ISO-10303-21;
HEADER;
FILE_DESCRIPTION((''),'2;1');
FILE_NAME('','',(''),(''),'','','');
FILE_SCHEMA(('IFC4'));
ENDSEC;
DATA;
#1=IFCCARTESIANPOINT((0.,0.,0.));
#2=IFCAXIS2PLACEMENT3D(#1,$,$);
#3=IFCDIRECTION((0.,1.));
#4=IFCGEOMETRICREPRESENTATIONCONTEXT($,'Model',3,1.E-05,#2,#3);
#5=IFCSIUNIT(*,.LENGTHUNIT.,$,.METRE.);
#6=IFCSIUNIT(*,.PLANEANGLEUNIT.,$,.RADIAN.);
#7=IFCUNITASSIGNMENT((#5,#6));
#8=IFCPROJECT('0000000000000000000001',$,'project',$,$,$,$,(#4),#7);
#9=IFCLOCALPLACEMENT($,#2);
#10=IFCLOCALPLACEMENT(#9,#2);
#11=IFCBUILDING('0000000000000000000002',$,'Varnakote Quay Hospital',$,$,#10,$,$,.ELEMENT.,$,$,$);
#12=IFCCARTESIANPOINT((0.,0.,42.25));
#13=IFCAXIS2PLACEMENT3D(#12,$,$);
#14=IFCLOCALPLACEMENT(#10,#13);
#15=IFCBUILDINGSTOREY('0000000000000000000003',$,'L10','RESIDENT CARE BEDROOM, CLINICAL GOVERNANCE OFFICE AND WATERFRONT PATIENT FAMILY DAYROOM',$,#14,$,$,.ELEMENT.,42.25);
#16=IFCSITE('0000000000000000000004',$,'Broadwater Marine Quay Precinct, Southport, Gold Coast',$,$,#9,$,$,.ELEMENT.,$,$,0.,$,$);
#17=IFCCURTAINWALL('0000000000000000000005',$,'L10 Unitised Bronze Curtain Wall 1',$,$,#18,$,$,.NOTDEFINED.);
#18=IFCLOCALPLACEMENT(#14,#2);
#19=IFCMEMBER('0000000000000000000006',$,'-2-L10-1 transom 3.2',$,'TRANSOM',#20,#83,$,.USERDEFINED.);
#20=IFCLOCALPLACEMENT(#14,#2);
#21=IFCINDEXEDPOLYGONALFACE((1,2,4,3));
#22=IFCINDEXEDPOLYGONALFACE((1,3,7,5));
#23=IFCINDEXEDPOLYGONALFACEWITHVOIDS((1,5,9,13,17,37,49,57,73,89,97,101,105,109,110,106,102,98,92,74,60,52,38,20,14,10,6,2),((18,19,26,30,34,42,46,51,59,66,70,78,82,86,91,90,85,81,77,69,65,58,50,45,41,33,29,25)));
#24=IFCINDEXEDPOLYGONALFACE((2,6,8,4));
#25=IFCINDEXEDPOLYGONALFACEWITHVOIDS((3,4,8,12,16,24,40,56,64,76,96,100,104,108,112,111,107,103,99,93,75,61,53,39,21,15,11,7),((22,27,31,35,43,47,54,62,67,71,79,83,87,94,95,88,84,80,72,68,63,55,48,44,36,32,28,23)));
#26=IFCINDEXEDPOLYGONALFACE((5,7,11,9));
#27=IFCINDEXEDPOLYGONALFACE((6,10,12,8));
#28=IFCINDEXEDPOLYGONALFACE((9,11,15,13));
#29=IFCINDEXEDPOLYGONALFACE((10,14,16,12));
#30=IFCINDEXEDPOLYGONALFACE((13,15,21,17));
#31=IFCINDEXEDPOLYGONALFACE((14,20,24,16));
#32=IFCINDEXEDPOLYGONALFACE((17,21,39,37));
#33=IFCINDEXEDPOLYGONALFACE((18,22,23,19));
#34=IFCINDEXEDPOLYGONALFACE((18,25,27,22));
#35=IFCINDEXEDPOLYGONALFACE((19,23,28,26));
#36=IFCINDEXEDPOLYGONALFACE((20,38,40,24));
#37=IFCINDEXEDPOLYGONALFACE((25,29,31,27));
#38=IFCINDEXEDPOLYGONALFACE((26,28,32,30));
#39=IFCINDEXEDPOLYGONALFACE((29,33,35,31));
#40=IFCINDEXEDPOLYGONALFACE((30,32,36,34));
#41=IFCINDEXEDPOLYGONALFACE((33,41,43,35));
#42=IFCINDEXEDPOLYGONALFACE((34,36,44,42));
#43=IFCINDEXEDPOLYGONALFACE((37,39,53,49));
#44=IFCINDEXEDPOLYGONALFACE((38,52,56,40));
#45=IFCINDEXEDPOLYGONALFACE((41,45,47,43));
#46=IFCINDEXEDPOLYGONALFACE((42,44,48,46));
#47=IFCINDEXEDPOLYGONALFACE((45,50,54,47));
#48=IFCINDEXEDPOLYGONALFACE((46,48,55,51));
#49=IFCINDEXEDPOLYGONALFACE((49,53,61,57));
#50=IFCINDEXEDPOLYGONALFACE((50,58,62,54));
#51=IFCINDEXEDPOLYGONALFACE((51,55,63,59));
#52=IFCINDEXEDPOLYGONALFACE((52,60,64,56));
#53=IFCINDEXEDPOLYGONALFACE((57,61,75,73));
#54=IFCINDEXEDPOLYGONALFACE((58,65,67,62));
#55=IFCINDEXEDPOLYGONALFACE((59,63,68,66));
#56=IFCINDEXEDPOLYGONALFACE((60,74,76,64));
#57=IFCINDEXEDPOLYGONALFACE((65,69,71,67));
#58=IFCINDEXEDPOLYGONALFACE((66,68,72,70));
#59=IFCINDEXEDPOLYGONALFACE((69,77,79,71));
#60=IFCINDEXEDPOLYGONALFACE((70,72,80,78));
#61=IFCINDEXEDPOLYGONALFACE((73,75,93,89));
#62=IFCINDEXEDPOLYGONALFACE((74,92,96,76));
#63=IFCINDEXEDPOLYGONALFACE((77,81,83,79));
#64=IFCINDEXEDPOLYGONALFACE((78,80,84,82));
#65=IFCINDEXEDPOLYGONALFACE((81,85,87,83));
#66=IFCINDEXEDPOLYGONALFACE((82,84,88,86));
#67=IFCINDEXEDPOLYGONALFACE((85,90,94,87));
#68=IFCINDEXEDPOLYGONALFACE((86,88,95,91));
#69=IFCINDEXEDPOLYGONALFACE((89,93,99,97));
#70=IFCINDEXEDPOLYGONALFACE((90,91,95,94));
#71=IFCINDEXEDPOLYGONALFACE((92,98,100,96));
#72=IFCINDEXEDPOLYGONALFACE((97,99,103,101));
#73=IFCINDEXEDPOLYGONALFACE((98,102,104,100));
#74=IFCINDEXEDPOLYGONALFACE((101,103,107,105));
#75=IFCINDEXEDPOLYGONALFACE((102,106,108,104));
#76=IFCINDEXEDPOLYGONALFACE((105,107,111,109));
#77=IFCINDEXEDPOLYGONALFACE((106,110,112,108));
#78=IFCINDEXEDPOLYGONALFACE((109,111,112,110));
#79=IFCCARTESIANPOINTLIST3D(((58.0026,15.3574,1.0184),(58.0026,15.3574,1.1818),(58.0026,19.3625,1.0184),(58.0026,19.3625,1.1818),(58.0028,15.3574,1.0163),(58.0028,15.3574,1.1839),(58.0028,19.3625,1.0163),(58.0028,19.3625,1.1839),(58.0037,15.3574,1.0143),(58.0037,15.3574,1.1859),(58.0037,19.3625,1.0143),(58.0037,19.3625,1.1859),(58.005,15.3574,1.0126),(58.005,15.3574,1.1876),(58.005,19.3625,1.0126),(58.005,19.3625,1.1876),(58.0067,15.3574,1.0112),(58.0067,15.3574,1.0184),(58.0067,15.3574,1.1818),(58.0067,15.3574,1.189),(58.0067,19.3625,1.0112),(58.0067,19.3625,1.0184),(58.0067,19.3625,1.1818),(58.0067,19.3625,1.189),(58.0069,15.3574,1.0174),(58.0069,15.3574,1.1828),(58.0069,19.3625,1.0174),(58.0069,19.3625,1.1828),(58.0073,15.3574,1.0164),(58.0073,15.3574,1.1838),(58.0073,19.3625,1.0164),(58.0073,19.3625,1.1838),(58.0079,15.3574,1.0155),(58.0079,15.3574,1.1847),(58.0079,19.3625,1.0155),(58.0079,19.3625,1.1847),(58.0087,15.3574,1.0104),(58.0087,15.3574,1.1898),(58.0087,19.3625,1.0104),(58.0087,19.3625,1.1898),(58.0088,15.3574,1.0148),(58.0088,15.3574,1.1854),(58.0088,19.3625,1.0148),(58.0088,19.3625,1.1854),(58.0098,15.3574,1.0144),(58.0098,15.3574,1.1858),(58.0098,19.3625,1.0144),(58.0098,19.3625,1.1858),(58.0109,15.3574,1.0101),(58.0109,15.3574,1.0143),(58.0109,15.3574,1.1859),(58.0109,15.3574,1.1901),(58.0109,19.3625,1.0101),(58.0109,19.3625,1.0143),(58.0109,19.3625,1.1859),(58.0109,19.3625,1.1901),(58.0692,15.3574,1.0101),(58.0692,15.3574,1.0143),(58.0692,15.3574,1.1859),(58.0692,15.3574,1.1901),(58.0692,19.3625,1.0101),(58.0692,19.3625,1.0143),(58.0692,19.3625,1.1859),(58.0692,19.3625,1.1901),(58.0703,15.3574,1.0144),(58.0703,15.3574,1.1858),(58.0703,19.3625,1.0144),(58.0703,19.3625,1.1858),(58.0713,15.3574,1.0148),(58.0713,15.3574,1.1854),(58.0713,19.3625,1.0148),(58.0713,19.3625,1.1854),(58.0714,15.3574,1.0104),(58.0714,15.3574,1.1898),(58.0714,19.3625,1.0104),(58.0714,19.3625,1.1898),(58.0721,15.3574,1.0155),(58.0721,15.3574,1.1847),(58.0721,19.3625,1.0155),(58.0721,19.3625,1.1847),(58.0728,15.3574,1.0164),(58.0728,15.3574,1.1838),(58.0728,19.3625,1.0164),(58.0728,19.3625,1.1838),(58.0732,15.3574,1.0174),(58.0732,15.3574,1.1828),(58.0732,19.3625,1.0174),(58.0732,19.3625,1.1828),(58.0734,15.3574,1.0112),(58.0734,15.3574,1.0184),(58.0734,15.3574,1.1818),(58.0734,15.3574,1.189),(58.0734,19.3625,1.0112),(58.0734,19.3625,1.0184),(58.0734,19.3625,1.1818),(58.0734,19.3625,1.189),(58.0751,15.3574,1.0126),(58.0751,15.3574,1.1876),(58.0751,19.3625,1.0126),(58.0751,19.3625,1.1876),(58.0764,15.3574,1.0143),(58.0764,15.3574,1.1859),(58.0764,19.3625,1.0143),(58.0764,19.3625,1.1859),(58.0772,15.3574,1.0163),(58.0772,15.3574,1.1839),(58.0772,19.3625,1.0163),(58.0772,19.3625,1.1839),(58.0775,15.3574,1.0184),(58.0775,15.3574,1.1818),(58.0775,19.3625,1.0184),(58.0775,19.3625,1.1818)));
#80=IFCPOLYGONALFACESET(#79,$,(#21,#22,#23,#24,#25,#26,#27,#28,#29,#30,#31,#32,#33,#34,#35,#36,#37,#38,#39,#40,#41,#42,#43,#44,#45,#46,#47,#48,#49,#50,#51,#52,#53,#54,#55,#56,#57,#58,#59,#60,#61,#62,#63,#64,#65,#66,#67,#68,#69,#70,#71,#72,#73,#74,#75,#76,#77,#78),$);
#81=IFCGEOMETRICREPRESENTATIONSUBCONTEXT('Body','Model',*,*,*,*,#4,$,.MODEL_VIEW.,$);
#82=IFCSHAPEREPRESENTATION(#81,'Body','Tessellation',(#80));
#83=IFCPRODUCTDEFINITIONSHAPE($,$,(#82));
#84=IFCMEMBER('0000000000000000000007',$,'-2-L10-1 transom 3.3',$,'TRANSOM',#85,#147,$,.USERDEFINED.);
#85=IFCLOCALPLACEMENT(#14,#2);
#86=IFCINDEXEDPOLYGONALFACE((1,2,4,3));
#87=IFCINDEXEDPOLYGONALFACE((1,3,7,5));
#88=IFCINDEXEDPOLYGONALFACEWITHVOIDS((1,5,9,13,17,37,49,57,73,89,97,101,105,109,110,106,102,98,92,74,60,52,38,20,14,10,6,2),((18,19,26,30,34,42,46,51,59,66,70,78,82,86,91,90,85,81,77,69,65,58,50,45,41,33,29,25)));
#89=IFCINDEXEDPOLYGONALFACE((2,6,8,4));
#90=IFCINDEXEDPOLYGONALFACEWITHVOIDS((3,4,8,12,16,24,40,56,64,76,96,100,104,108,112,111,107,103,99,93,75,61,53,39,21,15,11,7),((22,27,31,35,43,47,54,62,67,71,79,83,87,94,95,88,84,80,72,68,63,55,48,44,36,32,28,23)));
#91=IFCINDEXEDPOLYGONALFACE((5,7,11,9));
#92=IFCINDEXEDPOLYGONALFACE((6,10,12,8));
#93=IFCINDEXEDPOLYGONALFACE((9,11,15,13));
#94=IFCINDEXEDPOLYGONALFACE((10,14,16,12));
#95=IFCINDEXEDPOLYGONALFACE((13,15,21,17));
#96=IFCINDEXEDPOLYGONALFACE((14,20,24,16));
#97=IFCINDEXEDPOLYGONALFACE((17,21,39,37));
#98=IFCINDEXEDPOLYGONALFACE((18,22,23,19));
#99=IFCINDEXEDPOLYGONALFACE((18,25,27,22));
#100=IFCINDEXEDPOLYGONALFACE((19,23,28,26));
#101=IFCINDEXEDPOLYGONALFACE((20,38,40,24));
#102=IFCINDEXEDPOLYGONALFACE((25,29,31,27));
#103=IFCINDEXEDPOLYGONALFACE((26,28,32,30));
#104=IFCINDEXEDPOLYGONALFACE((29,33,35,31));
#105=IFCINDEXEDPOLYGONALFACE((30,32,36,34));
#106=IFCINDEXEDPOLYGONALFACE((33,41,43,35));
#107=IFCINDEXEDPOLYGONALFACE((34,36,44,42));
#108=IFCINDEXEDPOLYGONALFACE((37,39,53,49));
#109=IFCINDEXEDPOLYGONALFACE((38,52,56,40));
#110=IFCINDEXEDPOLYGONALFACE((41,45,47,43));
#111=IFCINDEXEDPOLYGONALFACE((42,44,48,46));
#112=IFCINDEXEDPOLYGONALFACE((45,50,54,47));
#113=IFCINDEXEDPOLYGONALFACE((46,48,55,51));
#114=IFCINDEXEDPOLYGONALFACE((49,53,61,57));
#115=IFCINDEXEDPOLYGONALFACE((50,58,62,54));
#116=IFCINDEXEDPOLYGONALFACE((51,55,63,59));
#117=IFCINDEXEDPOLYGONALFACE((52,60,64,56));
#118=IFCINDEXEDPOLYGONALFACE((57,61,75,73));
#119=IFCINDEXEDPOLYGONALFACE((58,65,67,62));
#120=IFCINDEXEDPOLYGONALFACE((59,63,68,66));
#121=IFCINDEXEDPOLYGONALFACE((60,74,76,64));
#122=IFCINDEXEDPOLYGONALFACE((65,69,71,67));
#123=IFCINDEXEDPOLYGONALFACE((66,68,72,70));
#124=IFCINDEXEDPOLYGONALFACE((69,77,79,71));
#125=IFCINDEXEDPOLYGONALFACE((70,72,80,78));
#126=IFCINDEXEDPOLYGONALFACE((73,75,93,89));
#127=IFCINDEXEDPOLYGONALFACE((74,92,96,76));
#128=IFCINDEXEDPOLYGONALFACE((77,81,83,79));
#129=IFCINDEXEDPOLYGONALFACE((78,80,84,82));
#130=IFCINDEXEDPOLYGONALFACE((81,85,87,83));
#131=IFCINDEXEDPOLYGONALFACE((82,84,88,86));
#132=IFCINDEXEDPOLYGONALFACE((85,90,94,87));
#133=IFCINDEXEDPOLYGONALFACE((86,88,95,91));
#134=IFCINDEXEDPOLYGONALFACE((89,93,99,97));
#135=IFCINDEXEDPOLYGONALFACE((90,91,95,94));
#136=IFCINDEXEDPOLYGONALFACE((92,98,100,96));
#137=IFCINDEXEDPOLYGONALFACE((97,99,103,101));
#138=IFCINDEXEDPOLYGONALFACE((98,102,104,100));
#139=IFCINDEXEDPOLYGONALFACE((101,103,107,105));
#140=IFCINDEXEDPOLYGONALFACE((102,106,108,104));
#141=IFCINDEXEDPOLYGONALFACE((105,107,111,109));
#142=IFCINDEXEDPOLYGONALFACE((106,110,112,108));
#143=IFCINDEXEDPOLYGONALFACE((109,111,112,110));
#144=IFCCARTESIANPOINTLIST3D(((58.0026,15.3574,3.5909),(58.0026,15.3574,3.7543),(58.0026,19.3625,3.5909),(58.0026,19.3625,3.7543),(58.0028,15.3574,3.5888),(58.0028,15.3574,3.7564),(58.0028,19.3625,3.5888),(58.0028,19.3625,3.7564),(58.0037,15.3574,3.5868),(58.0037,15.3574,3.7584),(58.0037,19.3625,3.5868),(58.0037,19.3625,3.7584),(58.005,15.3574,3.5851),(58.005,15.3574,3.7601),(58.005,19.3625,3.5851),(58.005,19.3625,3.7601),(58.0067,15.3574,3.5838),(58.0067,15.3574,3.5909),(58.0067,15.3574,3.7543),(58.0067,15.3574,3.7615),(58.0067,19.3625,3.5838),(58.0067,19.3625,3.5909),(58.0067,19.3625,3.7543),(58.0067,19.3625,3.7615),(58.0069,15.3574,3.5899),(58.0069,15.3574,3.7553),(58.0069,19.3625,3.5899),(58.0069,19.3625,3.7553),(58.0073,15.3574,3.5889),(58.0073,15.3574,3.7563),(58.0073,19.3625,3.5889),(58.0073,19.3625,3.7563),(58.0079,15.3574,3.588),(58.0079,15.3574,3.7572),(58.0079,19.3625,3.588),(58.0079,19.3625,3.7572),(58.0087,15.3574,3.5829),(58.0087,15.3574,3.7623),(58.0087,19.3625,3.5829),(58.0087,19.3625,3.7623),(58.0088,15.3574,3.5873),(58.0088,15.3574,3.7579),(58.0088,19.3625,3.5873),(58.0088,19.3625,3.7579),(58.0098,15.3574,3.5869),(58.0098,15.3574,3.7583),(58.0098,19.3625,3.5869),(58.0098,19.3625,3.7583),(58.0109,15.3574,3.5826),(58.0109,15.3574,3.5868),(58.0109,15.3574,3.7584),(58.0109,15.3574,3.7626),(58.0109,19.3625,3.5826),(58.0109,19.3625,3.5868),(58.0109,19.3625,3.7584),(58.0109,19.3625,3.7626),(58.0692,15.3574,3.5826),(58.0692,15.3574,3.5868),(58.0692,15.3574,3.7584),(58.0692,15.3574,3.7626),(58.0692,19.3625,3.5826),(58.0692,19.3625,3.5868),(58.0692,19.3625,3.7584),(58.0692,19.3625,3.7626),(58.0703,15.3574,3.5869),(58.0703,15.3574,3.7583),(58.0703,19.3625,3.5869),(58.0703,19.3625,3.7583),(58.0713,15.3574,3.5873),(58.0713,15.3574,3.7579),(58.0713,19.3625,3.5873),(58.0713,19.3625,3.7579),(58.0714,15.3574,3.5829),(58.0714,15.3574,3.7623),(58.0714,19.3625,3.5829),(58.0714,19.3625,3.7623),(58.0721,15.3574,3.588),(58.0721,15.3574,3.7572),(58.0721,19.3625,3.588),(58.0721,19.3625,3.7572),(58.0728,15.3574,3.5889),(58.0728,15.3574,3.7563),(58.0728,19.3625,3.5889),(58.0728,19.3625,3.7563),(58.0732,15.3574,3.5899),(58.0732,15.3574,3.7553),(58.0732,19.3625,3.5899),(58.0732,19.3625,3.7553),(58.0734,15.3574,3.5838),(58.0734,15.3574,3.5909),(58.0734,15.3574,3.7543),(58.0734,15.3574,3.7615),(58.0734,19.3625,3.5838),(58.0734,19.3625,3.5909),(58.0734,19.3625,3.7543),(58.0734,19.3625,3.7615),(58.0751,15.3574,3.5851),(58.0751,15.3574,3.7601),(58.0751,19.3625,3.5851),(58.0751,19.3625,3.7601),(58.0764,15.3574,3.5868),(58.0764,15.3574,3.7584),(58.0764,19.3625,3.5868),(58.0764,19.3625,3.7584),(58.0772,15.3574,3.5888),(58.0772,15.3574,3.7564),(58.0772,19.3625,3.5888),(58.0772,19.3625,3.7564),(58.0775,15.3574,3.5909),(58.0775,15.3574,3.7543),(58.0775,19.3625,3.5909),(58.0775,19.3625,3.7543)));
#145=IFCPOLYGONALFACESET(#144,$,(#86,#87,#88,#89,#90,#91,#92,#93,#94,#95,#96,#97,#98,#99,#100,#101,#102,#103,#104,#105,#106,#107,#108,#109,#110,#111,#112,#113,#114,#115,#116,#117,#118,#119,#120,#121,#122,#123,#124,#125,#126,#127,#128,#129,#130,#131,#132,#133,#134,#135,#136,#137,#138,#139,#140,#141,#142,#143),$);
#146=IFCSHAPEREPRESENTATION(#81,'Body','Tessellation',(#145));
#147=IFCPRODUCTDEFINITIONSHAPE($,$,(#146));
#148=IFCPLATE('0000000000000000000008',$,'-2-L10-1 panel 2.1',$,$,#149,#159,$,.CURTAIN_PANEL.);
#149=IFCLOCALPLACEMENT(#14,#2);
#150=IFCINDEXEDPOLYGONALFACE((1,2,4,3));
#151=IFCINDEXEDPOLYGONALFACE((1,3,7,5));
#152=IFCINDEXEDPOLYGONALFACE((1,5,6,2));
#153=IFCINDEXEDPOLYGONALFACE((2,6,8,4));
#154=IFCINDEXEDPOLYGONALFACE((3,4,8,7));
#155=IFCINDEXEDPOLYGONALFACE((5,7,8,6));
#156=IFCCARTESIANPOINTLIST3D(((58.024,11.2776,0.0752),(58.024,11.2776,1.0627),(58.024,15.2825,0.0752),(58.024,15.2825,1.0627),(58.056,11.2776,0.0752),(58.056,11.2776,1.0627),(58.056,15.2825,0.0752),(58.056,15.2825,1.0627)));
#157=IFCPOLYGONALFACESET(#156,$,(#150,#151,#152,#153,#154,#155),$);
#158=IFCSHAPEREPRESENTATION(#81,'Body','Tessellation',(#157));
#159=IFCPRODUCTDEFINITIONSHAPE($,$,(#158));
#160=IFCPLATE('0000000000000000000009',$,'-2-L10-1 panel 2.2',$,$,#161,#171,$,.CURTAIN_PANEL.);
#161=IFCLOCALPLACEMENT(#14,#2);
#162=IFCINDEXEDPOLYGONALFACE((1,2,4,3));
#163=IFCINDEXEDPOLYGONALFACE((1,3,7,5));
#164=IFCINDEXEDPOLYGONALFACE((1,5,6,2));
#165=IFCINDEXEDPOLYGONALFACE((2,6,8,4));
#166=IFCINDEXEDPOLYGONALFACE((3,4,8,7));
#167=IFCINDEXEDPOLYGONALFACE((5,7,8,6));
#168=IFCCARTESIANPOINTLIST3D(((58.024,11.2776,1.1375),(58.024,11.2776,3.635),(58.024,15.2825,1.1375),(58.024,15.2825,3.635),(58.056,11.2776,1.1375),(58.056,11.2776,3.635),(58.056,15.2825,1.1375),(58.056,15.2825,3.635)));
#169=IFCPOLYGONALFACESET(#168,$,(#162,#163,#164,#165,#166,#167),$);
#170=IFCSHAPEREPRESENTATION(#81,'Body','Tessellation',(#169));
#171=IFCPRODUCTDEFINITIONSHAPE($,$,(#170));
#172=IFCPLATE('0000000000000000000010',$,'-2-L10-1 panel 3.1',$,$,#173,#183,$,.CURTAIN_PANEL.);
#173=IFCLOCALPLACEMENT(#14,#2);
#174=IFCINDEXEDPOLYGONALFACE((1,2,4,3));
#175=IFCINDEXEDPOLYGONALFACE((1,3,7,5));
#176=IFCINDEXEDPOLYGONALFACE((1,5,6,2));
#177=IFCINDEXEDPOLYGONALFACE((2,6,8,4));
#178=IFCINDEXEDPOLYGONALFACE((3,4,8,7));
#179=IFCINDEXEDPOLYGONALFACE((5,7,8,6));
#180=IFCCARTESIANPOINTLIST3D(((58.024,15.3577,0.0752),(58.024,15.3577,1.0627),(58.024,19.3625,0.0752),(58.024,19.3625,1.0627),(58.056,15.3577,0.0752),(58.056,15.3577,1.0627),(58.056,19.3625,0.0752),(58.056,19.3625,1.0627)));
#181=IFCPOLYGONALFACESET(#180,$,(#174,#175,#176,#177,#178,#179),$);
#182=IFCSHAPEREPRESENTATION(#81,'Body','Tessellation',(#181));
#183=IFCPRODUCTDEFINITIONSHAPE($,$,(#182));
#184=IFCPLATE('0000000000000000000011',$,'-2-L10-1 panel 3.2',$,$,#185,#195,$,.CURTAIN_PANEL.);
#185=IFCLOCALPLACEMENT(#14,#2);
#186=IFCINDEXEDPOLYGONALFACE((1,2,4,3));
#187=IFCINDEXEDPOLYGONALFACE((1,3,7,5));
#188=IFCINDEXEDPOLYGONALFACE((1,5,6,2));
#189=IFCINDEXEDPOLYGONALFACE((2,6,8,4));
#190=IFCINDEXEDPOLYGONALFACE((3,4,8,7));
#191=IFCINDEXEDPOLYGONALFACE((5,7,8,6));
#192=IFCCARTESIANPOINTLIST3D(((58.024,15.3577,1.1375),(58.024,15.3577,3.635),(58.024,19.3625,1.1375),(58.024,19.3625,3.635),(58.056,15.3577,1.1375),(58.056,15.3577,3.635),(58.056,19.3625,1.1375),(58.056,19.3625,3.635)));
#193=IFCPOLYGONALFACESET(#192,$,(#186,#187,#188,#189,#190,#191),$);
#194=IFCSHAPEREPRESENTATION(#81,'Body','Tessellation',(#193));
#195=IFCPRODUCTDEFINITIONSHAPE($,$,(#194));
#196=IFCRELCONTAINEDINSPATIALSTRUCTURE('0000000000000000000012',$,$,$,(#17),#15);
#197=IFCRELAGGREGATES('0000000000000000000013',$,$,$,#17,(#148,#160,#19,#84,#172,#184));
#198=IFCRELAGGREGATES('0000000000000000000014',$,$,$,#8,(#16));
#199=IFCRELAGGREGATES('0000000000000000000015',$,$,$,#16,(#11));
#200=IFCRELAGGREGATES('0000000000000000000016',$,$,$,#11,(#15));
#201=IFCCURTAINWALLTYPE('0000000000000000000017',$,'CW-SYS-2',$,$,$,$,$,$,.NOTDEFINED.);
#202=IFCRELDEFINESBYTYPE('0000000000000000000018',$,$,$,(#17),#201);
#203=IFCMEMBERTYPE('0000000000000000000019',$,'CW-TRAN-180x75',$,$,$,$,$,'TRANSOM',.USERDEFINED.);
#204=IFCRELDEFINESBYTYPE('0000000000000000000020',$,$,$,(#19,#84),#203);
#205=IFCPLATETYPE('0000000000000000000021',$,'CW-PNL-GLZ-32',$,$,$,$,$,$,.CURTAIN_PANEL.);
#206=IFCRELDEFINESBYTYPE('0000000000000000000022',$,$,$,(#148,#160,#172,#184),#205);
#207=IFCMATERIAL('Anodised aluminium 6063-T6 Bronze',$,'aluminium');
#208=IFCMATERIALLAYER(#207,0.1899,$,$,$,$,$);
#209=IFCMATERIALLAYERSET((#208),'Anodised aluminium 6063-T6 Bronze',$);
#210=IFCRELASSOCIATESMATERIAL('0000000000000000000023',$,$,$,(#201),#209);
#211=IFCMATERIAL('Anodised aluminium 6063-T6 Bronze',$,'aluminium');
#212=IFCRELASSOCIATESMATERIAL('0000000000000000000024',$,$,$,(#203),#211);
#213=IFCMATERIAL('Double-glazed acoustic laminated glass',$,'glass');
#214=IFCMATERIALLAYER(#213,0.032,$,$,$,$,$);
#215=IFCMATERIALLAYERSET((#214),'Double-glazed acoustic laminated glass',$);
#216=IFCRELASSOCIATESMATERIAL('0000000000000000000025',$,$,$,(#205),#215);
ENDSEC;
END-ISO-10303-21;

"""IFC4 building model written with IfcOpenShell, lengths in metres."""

from ifc_helpers import new_model, si_unit, direction, frame, origin, origin_2d, place, context, subcontext, project, spatial, rectangle, hollow_rectangle, extrude, material, layer, layer_set, material_profile, profile_set, type_object, element, aggregate, save


model = new_model("IFC4")

# Units and contexts
model_context = context("Model", 3, precision=1e-05, world=origin(), true_north=direction((0.0, 1.0)))
body_context = subcontext(model_context, "Body", "Model", "MODEL_VIEW")
ifc_project = project(units=[si_unit("LENGTHUNIT", "METRE"), si_unit("PLANEANGLEUNIT", "RADIAN")], contexts=[model_context])

# Site, building, storey
site_placement = place(None, origin())
site = spatial("IfcSite", under=ifc_project, at=site_placement, Name="Broadwater Marine Quay Precinct, Southport, Gold Coast", CompositionType="ELEMENT", RefElevation=0.0)
building_placement = place(site_placement, origin())
building = spatial("IfcBuilding", under=site, at=building_placement, Name="Varnakote Quay Hospital", CompositionType="ELEMENT")
storey_placement = place(building_placement, frame((0.0, 0.0, 42.25)))
storey = spatial("IfcBuildingStorey", under=building, at=storey_placement, Name="L10", Description="RESIDENT CARE BEDROOM, CLINICAL GOVERNANCE OFFICE AND WATERFRONT PATIENT FAMILY DAYROOM", CompositionType="ELEMENT", Elevation=42.25)

# Curtain wall, members, plates
ifc_material_1 = material(Name="Anodised aluminium 6063-T6 Bronze", Category="aluminium")
ifc_layer_1 = layer(ifc_material_1, 0.1899)
ifc_layer_set_1 = layer_set([ifc_layer_1], Name="Anodised aluminium 6063-T6 Bronze")
curtain_wall_type = type_object("IfcCurtainWallType", Name="CW-SYS-2", PredefinedType="NOTDEFINED", material=ifc_layer_set_1)
curtain_wall_placement = place(storey_placement, origin())
curtain_wall = element("IfcCurtainWall", 1, at=curtain_wall_placement, inside=storey, type_object=curtain_wall_type, Name="L10 Unitised Bronze Curtain Wall 1", PredefinedType="NOTDEFINED")
ifc_material_2 = material(Name="Anodised aluminium 6063-T6 Bronze", Category="aluminium")
ifc_material_profile_1 = material_profile(ifc_material_2, hollow_rectangle(XDim=0.075, YDim=0.1799, WallThickness=0.0042, InnerFilletRadius=0.0042, OuterFilletRadius=0.0083, at=origin_2d()), Name="CW-TRAN-180x75")
ifc_profile_set_1 = profile_set([ifc_material_profile_1], Name="Anodised aluminium 6063-T6 Bronze")
member_type_1 = type_object("IfcMemberType", Name="CW-TRAN-180x75", ElementType="TRANSOM", PredefinedType="USERDEFINED", material=ifc_profile_set_1)
member_1_placement = place(storey_placement, frame((58.04, 15.3574, 1.1001), z_axis=(0.0, 1.0, 0.0), x_axis=(-1.0, 0.0, 0.0)))
member_1 = element("IfcMember", 2, at=member_1_placement, type_object=member_type_1, Name="-2-L10-1 transom 3.2", ObjectType="TRANSOM", PredefinedType="USERDEFINED", context=body_context, shape_type="SweptSolid", body=[
    extrude(hollow_rectangle(XDim=0.075, YDim=0.1799, WallThickness=0.0042, InnerFilletRadius=0.0042, OuterFilletRadius=0.0083, at=origin_2d()), origin(), (0.0, 0.0, 1.0), 4.0051),
])
member_2_placement = place(storey_placement, frame((58.04, 15.3574, 3.6726), z_axis=(0.0, 1.0, 0.0), x_axis=(-1.0, 0.0, 0.0)))
member_2 = element("IfcMember", 3, at=member_2_placement, type_object=member_type_1, Name="-2-L10-1 transom 3.3", ObjectType="TRANSOM", PredefinedType="USERDEFINED", context=body_context, shape_type="SweptSolid", body=[
    extrude(hollow_rectangle(XDim=0.075, YDim=0.1799, WallThickness=0.0042, InnerFilletRadius=0.0042, OuterFilletRadius=0.0083, at=origin_2d()), origin(), (0.0, 0.0, 1.0), 4.0051),
])
ifc_material_3 = material(Name="Double-glazed acoustic laminated glass", Category="glass")
ifc_layer_2 = layer(ifc_material_3, 0.032)
ifc_layer_set_2 = layer_set([ifc_layer_2], Name="Double-glazed acoustic laminated glass")
plate_type = type_object("IfcPlateType", Name="CW-PNL-GLZ-32", PredefinedType="CURTAIN_PANEL", material=ifc_layer_set_2)
plate_1_placement = place(storey_placement, frame((58.04, 13.28, 0.0752), z_axis=(0.0, 0.0, 1.0), x_axis=(0.0, 1.0, 0.0)))
plate_1 = element("IfcPlate", 4, at=plate_1_placement, type_object=plate_type, Name="-2-L10-1 panel 2.1", PredefinedType="CURTAIN_PANEL", context=body_context, shape_type="SweptSolid", body=[
    extrude(rectangle(XDim=4.0049, YDim=0.032, at=origin_2d()), origin(), (0.0, 0.0, 1.0), 0.9875),
])
plate_2_placement = place(storey_placement, frame((58.04, 13.28, 1.1375), z_axis=(0.0, 0.0, 1.0), x_axis=(0.0, 1.0, 0.0)))
plate_2 = element("IfcPlate", 5, at=plate_2_placement, type_object=plate_type, Name="-2-L10-1 panel 2.2", PredefinedType="CURTAIN_PANEL", context=body_context, shape_type="SweptSolid", body=[
    extrude(rectangle(XDim=4.0049, YDim=0.032, at=origin_2d()), origin(), (0.0, 0.0, 1.0), 2.4976),
])
plate_3_placement = place(storey_placement, frame((58.04, 17.3601, 0.0752), z_axis=(0.0, 0.0, 1.0), x_axis=(0.0, 1.0, 0.0)))
plate_3 = element("IfcPlate", 6, at=plate_3_placement, type_object=plate_type, Name="-2-L10-1 panel 3.1", PredefinedType="CURTAIN_PANEL", context=body_context, shape_type="SweptSolid", body=[
    extrude(rectangle(XDim=4.0049, YDim=0.032, at=origin_2d()), origin(), (0.0, 0.0, 1.0), 0.9875),
])
plate_4_placement = place(storey_placement, frame((58.04, 17.3601, 1.1375), z_axis=(0.0, 0.0, 1.0), x_axis=(0.0, 1.0, 0.0)))
plate_4 = element("IfcPlate", 7, at=plate_4_placement, type_object=plate_type, Name="-2-L10-1 panel 3.2", PredefinedType="CURTAIN_PANEL", context=body_context, shape_type="SweptSolid", body=[
    extrude(rectangle(XDim=4.0049, YDim=0.032, at=origin_2d()), origin(), (0.0, 0.0, 1.0), 2.4976),
])
aggregate(curtain_wall, [plate_1, plate_2, member_1, member_2, plate_3, plate_4])

save(model, "model.ifc")
